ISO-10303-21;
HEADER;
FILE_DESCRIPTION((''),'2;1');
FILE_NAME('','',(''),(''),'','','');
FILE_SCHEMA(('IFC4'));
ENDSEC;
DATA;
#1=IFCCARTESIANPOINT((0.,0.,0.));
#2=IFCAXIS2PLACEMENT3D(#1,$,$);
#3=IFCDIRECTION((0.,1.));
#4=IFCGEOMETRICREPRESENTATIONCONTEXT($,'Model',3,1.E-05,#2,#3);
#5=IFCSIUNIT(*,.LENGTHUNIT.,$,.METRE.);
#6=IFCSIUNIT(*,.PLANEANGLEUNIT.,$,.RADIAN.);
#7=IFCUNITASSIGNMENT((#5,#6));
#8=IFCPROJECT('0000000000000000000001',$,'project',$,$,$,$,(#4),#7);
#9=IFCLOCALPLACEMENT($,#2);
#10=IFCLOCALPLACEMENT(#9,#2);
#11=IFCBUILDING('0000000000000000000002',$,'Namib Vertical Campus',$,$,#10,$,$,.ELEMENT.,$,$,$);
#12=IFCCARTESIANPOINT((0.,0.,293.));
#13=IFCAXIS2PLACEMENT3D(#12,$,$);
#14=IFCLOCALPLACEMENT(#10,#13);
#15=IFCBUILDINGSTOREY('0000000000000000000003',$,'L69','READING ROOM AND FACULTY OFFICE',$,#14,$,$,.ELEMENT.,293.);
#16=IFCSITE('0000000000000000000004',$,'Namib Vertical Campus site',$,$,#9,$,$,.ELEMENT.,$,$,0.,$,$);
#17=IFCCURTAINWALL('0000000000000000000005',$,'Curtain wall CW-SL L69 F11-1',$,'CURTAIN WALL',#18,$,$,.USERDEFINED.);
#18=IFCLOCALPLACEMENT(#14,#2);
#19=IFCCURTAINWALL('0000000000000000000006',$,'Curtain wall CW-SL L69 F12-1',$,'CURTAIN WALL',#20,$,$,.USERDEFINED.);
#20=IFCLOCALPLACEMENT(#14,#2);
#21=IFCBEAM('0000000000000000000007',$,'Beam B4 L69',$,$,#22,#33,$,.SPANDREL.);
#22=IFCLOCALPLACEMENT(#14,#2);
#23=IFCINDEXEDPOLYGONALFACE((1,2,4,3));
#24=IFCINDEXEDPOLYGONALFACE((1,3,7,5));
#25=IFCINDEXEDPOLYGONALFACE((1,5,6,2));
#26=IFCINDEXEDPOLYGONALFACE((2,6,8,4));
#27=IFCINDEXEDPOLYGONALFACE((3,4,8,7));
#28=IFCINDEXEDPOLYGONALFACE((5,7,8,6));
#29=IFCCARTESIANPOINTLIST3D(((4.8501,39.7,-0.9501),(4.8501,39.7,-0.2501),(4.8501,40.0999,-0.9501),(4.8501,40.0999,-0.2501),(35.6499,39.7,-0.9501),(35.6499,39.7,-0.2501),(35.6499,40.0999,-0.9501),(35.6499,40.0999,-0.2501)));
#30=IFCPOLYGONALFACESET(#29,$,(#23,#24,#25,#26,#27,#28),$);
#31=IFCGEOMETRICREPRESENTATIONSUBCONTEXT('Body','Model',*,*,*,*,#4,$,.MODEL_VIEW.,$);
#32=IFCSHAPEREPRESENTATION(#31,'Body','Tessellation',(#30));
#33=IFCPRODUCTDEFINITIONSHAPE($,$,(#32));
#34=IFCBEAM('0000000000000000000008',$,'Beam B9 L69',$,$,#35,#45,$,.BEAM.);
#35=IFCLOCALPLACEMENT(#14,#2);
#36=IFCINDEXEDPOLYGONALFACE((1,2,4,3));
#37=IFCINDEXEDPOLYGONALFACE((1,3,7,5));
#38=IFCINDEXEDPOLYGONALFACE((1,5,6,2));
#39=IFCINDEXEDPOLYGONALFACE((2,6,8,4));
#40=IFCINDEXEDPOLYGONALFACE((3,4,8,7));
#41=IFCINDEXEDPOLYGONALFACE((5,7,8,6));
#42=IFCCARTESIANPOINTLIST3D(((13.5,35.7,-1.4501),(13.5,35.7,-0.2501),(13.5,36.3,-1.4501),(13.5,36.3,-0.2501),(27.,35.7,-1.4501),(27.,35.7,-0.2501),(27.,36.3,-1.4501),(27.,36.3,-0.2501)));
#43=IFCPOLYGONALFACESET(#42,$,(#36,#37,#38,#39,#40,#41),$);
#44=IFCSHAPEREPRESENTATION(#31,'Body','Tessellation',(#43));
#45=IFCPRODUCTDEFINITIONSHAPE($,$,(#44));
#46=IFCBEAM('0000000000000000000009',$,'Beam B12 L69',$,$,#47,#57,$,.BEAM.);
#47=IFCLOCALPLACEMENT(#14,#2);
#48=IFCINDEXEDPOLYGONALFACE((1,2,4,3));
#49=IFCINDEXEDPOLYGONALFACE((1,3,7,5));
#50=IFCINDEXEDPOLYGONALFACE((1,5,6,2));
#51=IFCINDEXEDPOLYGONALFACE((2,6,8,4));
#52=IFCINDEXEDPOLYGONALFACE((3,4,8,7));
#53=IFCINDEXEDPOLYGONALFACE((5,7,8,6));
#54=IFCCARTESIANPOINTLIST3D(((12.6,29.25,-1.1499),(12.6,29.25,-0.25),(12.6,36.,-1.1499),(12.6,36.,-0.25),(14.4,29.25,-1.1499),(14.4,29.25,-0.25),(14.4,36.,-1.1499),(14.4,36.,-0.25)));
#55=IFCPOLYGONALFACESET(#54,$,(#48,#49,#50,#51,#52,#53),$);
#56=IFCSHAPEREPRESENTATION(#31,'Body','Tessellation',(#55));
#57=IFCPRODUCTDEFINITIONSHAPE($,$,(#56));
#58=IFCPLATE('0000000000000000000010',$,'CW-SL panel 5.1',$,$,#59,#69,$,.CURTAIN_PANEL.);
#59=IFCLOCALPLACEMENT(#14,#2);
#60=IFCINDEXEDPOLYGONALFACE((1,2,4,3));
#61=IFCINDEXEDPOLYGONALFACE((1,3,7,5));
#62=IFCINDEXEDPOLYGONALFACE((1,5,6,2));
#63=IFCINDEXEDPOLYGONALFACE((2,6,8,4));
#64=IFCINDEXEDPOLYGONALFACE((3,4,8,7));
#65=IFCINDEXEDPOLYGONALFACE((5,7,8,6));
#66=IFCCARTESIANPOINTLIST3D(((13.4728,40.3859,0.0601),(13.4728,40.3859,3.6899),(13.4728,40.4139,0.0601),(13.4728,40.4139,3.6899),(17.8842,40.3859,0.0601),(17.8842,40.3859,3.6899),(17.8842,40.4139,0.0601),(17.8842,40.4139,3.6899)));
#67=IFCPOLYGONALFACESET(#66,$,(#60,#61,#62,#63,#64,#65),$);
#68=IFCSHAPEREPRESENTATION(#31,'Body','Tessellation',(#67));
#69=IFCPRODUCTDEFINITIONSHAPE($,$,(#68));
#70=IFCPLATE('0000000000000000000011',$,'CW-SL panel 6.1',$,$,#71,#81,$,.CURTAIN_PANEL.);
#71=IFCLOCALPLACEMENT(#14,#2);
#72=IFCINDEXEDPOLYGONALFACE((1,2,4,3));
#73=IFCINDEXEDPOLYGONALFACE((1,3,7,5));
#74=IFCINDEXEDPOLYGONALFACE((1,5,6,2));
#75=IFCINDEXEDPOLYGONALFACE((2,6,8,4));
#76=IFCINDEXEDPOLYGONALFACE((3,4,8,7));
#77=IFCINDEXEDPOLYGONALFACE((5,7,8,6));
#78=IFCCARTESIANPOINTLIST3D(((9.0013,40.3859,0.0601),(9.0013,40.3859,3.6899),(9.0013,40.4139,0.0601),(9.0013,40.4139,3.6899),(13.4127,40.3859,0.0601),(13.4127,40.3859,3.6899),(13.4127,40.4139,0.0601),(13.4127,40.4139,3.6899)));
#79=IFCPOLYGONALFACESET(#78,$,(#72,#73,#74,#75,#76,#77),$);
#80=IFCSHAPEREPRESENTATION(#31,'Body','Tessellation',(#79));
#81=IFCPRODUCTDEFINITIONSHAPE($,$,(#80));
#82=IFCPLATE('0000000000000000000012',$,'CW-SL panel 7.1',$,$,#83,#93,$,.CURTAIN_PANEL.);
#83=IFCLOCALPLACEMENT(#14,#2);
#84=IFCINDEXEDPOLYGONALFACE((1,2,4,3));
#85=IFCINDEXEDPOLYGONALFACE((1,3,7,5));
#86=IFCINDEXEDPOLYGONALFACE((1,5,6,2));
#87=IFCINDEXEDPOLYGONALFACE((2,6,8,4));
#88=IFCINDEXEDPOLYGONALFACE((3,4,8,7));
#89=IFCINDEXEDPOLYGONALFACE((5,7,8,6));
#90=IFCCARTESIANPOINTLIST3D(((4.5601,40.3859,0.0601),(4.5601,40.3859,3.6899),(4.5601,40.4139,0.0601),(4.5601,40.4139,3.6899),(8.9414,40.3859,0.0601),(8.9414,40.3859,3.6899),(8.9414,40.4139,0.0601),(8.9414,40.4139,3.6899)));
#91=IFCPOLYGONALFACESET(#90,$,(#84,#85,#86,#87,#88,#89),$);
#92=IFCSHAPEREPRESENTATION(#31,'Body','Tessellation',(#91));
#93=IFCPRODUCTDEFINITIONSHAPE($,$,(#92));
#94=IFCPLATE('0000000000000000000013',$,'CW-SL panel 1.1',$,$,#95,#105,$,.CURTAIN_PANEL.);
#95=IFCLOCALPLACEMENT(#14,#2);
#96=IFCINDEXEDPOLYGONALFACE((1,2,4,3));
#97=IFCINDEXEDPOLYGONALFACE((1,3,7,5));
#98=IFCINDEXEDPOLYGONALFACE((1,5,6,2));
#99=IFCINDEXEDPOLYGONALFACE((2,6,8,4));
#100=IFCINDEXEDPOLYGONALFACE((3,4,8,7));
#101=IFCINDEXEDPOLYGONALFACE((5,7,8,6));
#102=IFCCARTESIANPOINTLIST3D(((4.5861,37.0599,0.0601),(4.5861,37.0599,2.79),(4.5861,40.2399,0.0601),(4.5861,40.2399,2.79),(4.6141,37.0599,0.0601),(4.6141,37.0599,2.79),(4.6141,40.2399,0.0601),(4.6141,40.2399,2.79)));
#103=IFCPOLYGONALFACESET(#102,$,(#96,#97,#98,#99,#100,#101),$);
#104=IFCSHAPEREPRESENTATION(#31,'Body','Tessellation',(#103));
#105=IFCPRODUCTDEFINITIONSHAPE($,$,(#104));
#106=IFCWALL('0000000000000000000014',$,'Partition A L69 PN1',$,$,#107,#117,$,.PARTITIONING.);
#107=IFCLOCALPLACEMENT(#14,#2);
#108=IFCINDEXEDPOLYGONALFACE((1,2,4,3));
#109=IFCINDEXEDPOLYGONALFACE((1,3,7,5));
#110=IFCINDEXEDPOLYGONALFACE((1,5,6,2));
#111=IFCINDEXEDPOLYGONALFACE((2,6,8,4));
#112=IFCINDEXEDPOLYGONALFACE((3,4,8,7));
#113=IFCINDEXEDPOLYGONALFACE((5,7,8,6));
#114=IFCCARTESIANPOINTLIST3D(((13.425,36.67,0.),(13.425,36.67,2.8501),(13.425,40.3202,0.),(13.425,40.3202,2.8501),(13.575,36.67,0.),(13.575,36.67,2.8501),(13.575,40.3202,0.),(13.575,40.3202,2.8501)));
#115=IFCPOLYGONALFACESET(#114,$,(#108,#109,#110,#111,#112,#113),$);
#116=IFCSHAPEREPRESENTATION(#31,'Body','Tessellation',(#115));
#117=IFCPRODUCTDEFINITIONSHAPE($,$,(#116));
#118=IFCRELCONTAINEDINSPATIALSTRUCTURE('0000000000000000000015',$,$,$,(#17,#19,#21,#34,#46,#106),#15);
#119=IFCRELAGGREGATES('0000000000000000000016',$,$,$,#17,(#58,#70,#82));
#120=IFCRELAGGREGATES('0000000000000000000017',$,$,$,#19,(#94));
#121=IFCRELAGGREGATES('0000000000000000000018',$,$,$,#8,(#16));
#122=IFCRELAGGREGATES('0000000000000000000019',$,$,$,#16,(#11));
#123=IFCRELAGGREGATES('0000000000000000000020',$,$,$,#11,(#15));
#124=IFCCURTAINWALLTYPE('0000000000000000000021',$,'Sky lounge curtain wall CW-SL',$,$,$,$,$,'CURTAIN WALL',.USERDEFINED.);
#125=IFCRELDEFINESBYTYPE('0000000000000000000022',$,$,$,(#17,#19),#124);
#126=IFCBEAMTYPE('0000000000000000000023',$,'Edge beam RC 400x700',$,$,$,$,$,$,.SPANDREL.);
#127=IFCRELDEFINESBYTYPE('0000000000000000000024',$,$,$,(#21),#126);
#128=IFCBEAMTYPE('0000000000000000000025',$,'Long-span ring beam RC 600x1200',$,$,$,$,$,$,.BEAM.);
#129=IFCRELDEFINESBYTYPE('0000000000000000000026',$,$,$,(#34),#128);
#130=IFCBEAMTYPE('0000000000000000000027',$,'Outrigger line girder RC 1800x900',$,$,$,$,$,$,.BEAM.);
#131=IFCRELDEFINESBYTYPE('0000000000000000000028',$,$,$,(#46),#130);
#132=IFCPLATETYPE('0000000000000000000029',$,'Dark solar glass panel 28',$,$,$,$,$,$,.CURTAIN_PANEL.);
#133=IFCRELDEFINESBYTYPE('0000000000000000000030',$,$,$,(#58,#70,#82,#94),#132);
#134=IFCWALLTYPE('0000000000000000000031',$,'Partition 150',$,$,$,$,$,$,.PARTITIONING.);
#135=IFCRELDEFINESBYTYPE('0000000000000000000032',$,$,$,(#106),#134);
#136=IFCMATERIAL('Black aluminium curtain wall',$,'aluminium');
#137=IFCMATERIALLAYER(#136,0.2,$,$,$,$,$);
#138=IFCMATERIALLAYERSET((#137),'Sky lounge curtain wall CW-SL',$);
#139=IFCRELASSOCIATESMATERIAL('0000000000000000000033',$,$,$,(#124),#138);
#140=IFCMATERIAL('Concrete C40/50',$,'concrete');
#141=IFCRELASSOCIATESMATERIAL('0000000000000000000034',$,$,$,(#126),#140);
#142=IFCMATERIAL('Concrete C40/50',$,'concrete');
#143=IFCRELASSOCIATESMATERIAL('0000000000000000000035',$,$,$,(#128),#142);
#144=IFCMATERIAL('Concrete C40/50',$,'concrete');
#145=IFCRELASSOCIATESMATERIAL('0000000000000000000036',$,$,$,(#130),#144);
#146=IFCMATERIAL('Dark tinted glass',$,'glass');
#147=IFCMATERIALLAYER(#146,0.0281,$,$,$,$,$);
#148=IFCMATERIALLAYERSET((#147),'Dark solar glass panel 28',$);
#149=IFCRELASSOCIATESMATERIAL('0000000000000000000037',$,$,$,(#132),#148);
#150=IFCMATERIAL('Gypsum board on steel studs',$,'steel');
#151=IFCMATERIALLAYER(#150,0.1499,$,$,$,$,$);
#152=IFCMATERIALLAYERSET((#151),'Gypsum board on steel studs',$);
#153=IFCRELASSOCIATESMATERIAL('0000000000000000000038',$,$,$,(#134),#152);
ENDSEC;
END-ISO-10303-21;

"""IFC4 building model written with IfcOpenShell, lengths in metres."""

from ifc_helpers import new_model, si_unit, direction, frame, frame_2d, origin, origin_2d, place, context, subcontext, project, spatial, rectangle, extrude, material, layer, layer_set, material_profile, profile_set, type_object, element, aggregate, save


model = new_model("IFC4")

# Units and contexts
model_context = context("Model", 3, precision=1e-05, world=origin(), true_north=direction((0.0, 1.0)))
body_context = subcontext(model_context, "Body", "Model", "MODEL_VIEW")
ifc_project = project(units=[si_unit("LENGTHUNIT", "METRE"), si_unit("PLANEANGLEUNIT", "RADIAN")], contexts=[model_context])

# Site, building, storey
site_placement = place(None, origin())
site = spatial("IfcSite", under=ifc_project, at=site_placement, Name="Namib Vertical Campus site", CompositionType="ELEMENT", RefElevation=0.0)
building_placement = place(site_placement, origin())
building = spatial("IfcBuilding", under=site, at=building_placement, Name="Namib Vertical Campus", CompositionType="ELEMENT")
storey_placement = place(building_placement, frame((0.0, 0.0, 293.0)))
storey = spatial("IfcBuildingStorey", under=building, at=storey_placement, Name="L69", Description="READING ROOM AND FACULTY OFFICE", CompositionType="ELEMENT", Elevation=293.0)

# Curtain walls
ifc_material_1 = material(Name="Black aluminium curtain wall", Category="aluminium")
ifc_layer_1 = layer(ifc_material_1, 0.2)
ifc_layer_set_1 = layer_set([ifc_layer_1], Name="Sky lounge curtain wall CW-SL")
curtain_wall_type = type_object("IfcCurtainWallType", Name="Sky lounge curtain wall CW-SL", ElementType="CURTAIN WALL", PredefinedType="USERDEFINED", material=ifc_layer_set_1)
curtain_wall_1_placement = place(storey_placement, origin())
curtain_wall_1 = element("IfcCurtainWall", 1, at=curtain_wall_1_placement, inside=storey, type_object=curtain_wall_type, Name="Curtain wall CW-SL L69 F11-1", ObjectType="CURTAIN WALL", PredefinedType="USERDEFINED")
curtain_wall_2_placement = place(storey_placement, origin())
curtain_wall_2 = element("IfcCurtainWall", 2, at=curtain_wall_2_placement, inside=storey, type_object=curtain_wall_type, Name="Curtain wall CW-SL L69 F12-1", ObjectType="CURTAIN WALL", PredefinedType="USERDEFINED")

# Beams
ifc_material_2 = material(Name="Concrete C40/50", Category="concrete")
ifc_material_profile_1 = material_profile(ifc_material_2, rectangle(XDim=0.3999, YDim=0.7, at=origin_2d()))
ifc_profile_set_1 = profile_set([ifc_material_profile_1], Name="Concrete C40/50")
beam_type_1 = type_object("IfcBeamType", Name="Edge beam RC 400x700", PredefinedType="SPANDREL", material=ifc_profile_set_1)
beam_1_placement = place(storey_placement, frame((4.8501, 39.8999, -0.6001), z_axis=(1.0, 0.0, 0.0), x_axis=(0.0, 1.0, 0.0)))
element("IfcBeam", 3, at=beam_1_placement, inside=storey, type_object=beam_type_1, Name="Beam B4 L69", PredefinedType="SPANDREL", context=body_context, shape_type="SweptSolid", body=[
    extrude(rectangle(XDim=0.3999, YDim=0.7, at=origin_2d()), origin(), (0.0, 0.0, 1.0), 30.7998),
])
ifc_material_3 = material(Name="Concrete C40/50", Category="concrete")
ifc_material_profile_2 = material_profile(ifc_material_3, rectangle(XDim=0.6001, YDim=1.2, at=origin_2d()))
ifc_profile_set_2 = profile_set([ifc_material_profile_2], Name="Concrete C40/50")
beam_type_2 = type_object("IfcBeamType", Name="Long-span ring beam RC 600x1200", PredefinedType="BEAM", material=ifc_profile_set_2)
beam_2_placement = place(storey_placement, frame((13.5, 36.0, -0.8501), z_axis=(1.0, 0.0, 0.0), x_axis=(0.0, 1.0, 0.0)))
element("IfcBeam", 4, at=beam_2_placement, inside=storey, type_object=beam_type_2, Name="Beam B9 L69", PredefinedType="BEAM", context=body_context, shape_type="SweptSolid", body=[
    extrude(rectangle(XDim=0.6001, YDim=1.2, at=origin_2d()), origin(), (0.0, 0.0, 1.0), 13.5),
])
ifc_material_4 = material(Name="Concrete C40/50", Category="concrete")
ifc_material_profile_3 = material_profile(ifc_material_4, rectangle(XDim=1.8, YDim=0.8999, at=origin_2d()))
ifc_profile_set_3 = profile_set([ifc_material_profile_3], Name="Concrete C40/50")
beam_type_3 = type_object("IfcBeamType", Name="Outrigger line girder RC 1800x900", PredefinedType="BEAM", material=ifc_profile_set_3)
beam_3_placement = place(storey_placement, frame((13.5, 36.0, -0.7), z_axis=(0.0, -1.0, 0.0), x_axis=(1.0, 0.0, 0.0)))
element("IfcBeam", 5, at=beam_3_placement, inside=storey, type_object=beam_type_3, Name="Beam B12 L69", PredefinedType="BEAM", context=body_context, shape_type="SweptSolid", body=[
    extrude(rectangle(XDim=1.8, YDim=0.8999, at=origin_2d()), origin(), (0.0, 0.0, 1.0), 6.75),
])

# Plates
ifc_material_5 = material(Name="Dark tinted glass", Category="glass")
ifc_layer_2 = layer(ifc_material_5, 0.0281)
ifc_layer_set_2 = layer_set([ifc_layer_2], Name="Dark solar glass panel 28")
plate_type = type_object("IfcPlateType", Name="Dark solar glass panel 28", PredefinedType="CURTAIN_PANEL", material=ifc_layer_set_2)
plate_1_placement = place(storey_placement, frame((15.6785, 40.3999, 0.0601), z_axis=(0.0, 0.0, 1.0), x_axis=(-1.0, 0.0, 0.0)))
plate_1 = element("IfcPlate", 6, at=plate_1_placement, type_object=plate_type, Name="CW-SL panel 5.1", PredefinedType="CURTAIN_PANEL", context=body_context, shape_type="SweptSolid", body=[
    extrude(rectangle(XDim=4.4114, YDim=0.0281, at=origin_2d()), origin(), (0.0, 0.0, 1.0), 3.6299),
])
plate_2_placement = place(storey_placement, frame((11.207, 40.3999, 0.0601), z_axis=(0.0, 0.0, 1.0), x_axis=(-1.0, 0.0, 0.0)))
plate_2 = element("IfcPlate", 7, at=plate_2_placement, type_object=plate_type, Name="CW-SL panel 6.1", PredefinedType="CURTAIN_PANEL", context=body_context, shape_type="SweptSolid", body=[
    extrude(rectangle(XDim=4.4114, YDim=0.0281, at=origin_2d()), origin(), (0.0, 0.0, 1.0), 3.6299),
])
plate_3_placement = place(storey_placement, frame((6.7507, 40.3999, 0.0601), z_axis=(0.0, 0.0, 1.0), x_axis=(-1.0, 0.0, 0.0)))
plate_3 = element("IfcPlate", 8, at=plate_3_placement, type_object=plate_type, Name="CW-SL panel 7.1", PredefinedType="CURTAIN_PANEL", context=body_context, shape_type="SweptSolid", body=[
    extrude(rectangle(XDim=4.3813, YDim=0.0281, at=origin_2d()), origin(), (0.0, 0.0, 1.0), 3.6299),
])
aggregate(curtain_wall_1, [plate_1, plate_2, plate_3])
plate_4_placement = place(storey_placement, frame((4.6001, 38.6499, 0.0601), z_axis=(0.0, 0.0, 1.0), x_axis=(0.0, -1.0, 0.0)))
plate_4 = element("IfcPlate", 9, at=plate_4_placement, type_object=plate_type, Name="CW-SL panel 1.1", PredefinedType="CURTAIN_PANEL", context=body_context, shape_type="SweptSolid", body=[
    extrude(rectangle(XDim=3.1799, YDim=0.0281, at=origin_2d()), origin(), (0.0, 0.0, 1.0), 2.73),
])
aggregate(curtain_wall_2, [plate_4])

# Wall
ifc_material_6 = material(Name="Gypsum board on steel studs", Category="steel")
ifc_layer_3 = layer(ifc_material_6, 0.1499)
ifc_layer_set_3 = layer_set([ifc_layer_3], Name="Gypsum board on steel studs")
wall_type = type_object("IfcWallType", Name="Partition 150", PredefinedType="PARTITIONING", material=ifc_layer_set_3)
wall_placement = place(storey_placement, frame((13.5, 36.6699, 0.0), z_axis=(0.0, 0.0, 1.0), x_axis=(0.0, 1.0, 0.0)))
element("IfcWall", 10, at=wall_placement, inside=storey, type_object=wall_type, Name="Partition A L69 PN1", PredefinedType="PARTITIONING", context=body_context, shape_type="SweptSolid", body=[
    extrude(rectangle(XDim=3.6501, YDim=0.1499, at=frame_2d((1.8252, 0.0))), origin(), (0.0, 0.0, 1.0), 2.8501),
])

save(model, "model.ifc")
